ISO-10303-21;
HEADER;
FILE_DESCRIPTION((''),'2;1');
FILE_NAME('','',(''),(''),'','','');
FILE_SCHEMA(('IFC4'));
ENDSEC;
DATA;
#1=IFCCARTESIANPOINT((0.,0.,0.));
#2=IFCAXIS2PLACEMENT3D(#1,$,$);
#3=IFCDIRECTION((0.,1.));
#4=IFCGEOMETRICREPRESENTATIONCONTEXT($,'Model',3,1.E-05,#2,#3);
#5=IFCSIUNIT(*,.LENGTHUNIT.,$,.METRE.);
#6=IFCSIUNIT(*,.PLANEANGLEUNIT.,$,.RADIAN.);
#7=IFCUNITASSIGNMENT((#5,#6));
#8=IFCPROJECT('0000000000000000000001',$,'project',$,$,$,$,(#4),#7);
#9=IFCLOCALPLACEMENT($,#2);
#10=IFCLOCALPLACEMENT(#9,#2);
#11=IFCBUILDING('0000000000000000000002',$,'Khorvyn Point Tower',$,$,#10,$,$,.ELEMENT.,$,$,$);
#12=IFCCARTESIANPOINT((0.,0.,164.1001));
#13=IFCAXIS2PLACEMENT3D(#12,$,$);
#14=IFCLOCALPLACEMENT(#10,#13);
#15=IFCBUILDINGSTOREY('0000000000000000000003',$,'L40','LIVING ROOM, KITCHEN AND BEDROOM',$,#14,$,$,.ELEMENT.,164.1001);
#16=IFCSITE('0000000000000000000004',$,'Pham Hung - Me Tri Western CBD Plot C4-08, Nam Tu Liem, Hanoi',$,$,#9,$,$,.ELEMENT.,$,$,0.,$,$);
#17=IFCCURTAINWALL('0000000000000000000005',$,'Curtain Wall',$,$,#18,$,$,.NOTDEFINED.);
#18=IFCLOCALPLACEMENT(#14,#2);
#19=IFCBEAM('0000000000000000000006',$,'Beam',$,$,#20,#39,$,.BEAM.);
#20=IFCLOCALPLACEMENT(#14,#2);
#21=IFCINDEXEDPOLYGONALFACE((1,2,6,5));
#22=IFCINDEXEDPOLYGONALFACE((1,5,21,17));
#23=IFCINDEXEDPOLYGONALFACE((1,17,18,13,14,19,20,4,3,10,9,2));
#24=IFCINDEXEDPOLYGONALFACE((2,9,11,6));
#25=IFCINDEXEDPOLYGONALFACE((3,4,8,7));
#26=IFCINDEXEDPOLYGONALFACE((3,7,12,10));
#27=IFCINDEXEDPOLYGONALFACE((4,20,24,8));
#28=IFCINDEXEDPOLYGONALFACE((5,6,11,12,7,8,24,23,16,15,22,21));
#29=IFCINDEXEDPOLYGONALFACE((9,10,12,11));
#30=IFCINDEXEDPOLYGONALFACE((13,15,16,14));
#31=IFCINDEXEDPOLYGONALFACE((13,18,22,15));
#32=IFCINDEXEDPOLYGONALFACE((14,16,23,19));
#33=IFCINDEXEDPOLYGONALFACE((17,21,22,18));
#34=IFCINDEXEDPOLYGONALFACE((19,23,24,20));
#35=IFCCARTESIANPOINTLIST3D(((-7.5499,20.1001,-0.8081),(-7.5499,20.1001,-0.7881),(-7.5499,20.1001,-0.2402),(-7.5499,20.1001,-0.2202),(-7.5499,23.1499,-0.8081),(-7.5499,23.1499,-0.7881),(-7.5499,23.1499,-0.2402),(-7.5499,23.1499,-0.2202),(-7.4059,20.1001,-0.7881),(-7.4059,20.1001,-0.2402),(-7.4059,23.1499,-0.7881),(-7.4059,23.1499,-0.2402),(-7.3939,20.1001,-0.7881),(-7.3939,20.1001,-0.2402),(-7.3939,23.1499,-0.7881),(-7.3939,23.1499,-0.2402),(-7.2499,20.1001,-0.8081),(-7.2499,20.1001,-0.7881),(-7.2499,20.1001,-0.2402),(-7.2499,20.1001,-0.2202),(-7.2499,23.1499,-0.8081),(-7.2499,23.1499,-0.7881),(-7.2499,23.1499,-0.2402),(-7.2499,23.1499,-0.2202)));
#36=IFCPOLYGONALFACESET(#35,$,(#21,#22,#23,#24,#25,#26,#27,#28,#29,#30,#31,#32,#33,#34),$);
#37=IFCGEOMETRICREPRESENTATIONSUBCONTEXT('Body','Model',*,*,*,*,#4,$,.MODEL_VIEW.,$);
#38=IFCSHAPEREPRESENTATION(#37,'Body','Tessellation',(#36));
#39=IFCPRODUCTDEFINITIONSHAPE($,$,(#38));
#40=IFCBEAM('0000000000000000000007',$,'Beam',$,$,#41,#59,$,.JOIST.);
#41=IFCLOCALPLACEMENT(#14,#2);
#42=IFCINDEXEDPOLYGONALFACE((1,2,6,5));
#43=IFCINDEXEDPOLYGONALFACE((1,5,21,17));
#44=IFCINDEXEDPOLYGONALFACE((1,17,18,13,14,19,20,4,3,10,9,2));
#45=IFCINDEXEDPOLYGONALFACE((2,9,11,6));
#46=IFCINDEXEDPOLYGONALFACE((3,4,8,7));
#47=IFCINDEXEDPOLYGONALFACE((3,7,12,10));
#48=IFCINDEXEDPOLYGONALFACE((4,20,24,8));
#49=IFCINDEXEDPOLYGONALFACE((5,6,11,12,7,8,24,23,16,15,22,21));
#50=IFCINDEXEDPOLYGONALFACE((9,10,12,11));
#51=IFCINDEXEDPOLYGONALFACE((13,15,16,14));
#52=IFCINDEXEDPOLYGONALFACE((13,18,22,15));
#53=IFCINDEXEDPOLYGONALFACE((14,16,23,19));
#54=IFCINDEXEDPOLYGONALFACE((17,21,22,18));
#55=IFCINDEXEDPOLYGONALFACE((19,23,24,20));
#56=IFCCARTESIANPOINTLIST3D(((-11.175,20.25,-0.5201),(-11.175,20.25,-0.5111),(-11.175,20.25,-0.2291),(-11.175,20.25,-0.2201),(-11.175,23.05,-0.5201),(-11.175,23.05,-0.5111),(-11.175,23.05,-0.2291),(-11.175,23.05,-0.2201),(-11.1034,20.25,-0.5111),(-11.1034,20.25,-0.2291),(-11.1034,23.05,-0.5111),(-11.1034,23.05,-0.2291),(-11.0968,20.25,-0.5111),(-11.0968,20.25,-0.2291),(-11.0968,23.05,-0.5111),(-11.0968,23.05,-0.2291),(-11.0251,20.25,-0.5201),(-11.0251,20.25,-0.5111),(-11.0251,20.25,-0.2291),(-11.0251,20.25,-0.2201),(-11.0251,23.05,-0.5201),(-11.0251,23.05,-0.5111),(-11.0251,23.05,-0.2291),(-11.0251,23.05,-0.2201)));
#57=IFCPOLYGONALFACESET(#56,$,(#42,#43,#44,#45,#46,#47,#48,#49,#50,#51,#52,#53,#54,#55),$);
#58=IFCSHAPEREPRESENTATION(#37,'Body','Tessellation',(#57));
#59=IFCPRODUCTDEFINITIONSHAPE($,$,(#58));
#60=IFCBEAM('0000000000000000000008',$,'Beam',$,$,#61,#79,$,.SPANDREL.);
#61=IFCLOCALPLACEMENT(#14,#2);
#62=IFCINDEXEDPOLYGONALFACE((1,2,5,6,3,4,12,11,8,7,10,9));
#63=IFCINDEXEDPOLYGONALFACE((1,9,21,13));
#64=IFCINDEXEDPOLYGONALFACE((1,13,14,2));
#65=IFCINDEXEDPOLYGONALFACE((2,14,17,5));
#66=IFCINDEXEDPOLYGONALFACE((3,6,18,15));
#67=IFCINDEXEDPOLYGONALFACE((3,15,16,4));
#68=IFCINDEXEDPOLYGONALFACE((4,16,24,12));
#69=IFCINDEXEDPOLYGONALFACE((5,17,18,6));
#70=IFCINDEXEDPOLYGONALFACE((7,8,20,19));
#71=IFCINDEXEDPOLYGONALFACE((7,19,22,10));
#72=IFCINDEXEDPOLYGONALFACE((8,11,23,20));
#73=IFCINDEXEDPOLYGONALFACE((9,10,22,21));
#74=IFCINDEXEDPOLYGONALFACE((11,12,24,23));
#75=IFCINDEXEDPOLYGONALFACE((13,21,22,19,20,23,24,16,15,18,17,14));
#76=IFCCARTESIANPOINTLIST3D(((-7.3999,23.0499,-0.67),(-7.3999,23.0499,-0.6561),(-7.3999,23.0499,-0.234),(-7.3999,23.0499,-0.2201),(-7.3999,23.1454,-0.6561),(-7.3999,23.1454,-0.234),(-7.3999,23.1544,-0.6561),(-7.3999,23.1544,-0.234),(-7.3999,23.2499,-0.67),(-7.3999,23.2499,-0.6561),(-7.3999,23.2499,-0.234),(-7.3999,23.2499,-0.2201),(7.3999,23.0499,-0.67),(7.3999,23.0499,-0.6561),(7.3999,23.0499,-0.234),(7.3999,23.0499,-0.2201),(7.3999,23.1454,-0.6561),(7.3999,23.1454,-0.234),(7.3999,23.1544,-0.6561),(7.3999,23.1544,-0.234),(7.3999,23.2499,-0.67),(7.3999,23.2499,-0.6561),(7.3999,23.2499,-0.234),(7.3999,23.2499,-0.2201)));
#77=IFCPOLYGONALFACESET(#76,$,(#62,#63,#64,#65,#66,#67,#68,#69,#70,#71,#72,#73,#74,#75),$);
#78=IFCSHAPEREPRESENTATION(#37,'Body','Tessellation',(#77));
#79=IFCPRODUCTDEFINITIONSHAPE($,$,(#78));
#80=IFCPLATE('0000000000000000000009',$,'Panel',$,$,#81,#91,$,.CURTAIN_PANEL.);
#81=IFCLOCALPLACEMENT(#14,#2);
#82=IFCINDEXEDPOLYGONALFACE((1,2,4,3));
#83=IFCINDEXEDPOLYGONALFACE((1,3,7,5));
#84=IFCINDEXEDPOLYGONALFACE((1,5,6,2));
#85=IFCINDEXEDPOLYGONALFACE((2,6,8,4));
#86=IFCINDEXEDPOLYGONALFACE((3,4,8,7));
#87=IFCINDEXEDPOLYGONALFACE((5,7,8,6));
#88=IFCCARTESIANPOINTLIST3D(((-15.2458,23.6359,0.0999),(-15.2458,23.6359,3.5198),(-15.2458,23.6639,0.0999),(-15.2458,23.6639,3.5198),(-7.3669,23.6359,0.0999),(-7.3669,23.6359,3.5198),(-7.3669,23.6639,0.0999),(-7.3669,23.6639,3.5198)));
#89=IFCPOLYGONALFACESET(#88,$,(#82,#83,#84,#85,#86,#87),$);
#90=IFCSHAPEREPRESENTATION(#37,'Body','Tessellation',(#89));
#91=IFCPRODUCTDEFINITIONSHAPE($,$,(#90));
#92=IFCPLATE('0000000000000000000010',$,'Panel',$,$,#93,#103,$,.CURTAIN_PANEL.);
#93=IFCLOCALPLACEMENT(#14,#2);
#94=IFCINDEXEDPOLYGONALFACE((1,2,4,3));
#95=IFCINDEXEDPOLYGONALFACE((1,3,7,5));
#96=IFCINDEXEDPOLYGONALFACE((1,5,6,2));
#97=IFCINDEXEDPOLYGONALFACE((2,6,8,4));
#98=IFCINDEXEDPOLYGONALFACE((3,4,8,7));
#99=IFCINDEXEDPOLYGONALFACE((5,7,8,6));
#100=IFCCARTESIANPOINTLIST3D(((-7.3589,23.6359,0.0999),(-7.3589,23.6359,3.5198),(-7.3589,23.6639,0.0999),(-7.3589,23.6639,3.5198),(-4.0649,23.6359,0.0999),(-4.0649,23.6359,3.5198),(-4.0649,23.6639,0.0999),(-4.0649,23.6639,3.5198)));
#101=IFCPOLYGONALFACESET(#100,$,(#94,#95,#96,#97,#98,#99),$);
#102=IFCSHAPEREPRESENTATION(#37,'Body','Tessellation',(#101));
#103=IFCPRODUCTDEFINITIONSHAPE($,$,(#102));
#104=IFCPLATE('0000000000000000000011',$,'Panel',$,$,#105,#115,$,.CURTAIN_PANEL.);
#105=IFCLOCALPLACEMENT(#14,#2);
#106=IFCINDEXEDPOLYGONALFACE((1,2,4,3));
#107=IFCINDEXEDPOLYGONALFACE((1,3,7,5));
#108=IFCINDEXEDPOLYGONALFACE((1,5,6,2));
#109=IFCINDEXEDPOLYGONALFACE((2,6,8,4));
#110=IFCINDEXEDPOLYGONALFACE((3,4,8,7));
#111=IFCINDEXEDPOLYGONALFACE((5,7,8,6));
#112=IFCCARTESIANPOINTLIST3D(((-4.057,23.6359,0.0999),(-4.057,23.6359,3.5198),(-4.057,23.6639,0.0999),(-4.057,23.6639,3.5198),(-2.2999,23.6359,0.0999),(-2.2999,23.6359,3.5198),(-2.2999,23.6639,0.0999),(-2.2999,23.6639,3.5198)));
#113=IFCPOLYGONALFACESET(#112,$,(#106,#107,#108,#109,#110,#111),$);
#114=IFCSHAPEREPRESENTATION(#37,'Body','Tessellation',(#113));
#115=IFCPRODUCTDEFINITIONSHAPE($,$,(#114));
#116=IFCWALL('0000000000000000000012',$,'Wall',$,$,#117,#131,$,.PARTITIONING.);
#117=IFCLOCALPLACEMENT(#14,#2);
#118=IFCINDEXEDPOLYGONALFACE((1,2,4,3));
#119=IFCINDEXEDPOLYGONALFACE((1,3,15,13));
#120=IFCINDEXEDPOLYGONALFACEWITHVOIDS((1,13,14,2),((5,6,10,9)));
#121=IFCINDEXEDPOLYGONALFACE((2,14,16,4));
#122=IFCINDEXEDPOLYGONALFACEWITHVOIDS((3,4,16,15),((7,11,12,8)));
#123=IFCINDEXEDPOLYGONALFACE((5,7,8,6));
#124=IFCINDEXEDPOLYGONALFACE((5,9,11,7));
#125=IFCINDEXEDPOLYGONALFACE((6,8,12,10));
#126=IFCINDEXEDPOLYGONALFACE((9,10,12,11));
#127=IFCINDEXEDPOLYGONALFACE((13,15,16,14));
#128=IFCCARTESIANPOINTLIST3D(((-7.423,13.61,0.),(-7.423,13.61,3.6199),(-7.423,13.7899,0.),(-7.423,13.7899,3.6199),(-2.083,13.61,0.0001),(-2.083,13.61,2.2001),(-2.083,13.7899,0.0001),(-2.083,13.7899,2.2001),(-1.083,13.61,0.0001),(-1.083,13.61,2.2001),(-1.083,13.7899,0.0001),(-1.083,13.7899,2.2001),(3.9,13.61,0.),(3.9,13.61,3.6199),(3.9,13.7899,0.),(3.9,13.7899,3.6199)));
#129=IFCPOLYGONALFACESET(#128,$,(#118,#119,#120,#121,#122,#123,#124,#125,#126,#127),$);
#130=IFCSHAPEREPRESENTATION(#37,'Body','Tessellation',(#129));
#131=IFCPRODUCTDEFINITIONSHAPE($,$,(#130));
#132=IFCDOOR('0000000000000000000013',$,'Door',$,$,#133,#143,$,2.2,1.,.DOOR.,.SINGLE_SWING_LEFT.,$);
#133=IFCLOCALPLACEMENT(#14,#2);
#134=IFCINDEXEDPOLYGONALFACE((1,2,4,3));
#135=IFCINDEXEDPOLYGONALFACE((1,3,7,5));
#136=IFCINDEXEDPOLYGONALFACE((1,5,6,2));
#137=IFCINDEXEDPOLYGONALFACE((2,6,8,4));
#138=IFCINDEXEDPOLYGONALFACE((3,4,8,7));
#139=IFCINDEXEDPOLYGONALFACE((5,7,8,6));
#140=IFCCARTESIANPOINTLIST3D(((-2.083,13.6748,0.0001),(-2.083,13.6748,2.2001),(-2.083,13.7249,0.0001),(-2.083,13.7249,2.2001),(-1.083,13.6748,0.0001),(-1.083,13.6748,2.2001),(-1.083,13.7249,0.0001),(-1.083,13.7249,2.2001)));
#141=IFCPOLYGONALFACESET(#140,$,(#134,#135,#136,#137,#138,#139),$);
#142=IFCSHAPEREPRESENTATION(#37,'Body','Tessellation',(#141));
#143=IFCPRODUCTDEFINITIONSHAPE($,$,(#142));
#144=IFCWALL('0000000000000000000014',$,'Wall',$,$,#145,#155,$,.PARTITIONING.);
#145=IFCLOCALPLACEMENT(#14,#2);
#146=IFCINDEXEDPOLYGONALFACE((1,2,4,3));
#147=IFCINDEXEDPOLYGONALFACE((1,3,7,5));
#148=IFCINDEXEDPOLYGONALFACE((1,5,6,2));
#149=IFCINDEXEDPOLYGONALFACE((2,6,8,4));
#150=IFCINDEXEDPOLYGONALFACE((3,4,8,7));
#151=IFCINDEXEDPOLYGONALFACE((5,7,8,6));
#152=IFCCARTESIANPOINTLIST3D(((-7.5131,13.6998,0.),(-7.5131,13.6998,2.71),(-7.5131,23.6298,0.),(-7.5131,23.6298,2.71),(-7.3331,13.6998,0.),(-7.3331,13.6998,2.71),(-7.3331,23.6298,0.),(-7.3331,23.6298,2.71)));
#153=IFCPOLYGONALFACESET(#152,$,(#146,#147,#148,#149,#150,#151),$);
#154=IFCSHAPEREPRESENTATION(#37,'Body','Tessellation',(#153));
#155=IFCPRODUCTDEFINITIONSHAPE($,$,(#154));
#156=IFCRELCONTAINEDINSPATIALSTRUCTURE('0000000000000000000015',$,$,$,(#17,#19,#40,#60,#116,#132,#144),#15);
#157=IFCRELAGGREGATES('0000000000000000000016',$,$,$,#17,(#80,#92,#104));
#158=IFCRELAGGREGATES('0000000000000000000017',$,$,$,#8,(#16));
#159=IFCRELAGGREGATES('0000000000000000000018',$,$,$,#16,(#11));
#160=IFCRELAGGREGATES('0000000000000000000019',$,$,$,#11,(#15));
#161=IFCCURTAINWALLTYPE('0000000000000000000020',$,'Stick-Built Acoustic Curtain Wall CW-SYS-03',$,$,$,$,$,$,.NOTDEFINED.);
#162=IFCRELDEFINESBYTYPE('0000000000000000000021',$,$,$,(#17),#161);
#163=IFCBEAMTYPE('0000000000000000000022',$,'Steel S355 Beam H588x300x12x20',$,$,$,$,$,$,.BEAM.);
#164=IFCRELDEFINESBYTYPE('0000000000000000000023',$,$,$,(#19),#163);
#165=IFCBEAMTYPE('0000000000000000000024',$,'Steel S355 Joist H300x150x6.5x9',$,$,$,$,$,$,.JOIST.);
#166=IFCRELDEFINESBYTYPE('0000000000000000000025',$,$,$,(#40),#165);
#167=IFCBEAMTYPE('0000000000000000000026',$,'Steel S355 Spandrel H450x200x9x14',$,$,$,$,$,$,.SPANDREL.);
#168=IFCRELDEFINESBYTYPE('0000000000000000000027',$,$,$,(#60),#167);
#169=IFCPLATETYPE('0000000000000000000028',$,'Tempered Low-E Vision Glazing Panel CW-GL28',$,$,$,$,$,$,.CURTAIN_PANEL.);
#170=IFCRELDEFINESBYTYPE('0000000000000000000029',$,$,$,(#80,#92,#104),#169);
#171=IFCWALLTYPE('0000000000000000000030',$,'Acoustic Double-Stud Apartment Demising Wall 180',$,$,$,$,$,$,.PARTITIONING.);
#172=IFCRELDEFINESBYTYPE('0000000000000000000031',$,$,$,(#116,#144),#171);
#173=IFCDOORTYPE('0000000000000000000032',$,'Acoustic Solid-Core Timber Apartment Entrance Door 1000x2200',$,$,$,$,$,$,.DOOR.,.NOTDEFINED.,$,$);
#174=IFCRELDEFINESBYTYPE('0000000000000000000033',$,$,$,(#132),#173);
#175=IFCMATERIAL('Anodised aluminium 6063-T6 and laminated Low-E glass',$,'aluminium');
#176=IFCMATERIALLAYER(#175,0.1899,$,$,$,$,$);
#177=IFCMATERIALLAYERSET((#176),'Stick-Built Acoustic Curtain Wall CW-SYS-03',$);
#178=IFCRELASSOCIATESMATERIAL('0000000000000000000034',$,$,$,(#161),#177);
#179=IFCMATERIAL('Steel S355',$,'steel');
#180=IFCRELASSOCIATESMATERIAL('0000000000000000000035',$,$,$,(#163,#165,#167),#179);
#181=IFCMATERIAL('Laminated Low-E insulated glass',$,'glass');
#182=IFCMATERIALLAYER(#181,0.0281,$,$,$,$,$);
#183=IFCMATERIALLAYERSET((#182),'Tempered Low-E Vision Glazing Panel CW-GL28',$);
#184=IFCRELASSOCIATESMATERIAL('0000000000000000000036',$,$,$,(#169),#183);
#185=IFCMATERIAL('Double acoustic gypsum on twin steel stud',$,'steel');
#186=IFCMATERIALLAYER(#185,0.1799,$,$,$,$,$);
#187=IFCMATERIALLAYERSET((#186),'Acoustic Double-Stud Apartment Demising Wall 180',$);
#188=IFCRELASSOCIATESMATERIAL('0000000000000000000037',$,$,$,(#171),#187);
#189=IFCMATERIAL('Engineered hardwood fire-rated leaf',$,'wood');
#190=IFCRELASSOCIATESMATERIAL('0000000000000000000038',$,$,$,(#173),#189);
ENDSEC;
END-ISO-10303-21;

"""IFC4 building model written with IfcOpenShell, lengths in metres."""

from ifc_helpers import new_model, si_unit, direction, frame, frame_2d, origin, origin_2d, place, context, subcontext, project, spatial, rectangle, i_section, extrude, material, layer, layer_set, material_profile, profile_set, type_object, element, fill, aggregate, save


model = new_model("IFC4")

# Units and contexts
model_context = context("Model", 3, precision=1e-05, world=origin(), true_north=direction((0.0, 1.0)))
body_context = subcontext(model_context, "Body", "Model", "MODEL_VIEW")
ifc_project = project(units=[si_unit("LENGTHUNIT", "METRE"), si_unit("PLANEANGLEUNIT", "RADIAN")], contexts=[model_context])

# Site, building, storey
site_placement = place(None, origin())
site = spatial("IfcSite", under=ifc_project, at=site_placement, Name="Pham Hung - Me Tri Western CBD Plot C4-08, Nam Tu Liem, Hanoi", CompositionType="ELEMENT", RefElevation=0.0)
building_placement = place(site_placement, origin())
building = spatial("IfcBuilding", under=site, at=building_placement, Name="Khorvyn Point Tower", CompositionType="ELEMENT")
storey_placement = place(building_placement, frame((0.0, 0.0, 164.1001)))
storey = spatial("IfcBuildingStorey", under=building, at=storey_placement, Name="L40", Description="LIVING ROOM, KITCHEN AND BEDROOM", CompositionType="ELEMENT", Elevation=164.1001)

# Curtain wall
ifc_material_1 = material(Name="Anodised aluminium 6063-T6 and laminated Low-E glass", Category="aluminium")
ifc_layer_1 = layer(ifc_material_1, 0.1899)
ifc_layer_set_1 = layer_set([ifc_layer_1], Name="Stick-Built Acoustic Curtain Wall CW-SYS-03")
curtain_wall_type = type_object("IfcCurtainWallType", Name="Stick-Built Acoustic Curtain Wall CW-SYS-03", PredefinedType="NOTDEFINED", material=ifc_layer_set_1)
curtain_wall_1_placement = place(storey_placement, origin())
curtain_wall_1 = element("IfcCurtainWall", 1, at=curtain_wall_1_placement, inside=storey, type_object=curtain_wall_type, Name="Curtain Wall", PredefinedType="NOTDEFINED")

# Beams
ifc_material_2 = material(Name="Steel S355", Category="steel")
ifc_material_profile_1 = material_profile(ifc_material_2, i_section(OverallWidth=0.3, OverallDepth=0.5879, WebThickness=0.012, FlangeThickness=0.02, at=origin_2d()))
ifc_profile_set_1 = profile_set([ifc_material_profile_1], Name="Steel S355 H588x300x12x20")
beam_type_1 = type_object("IfcBeamType", Name="Steel S355 Beam H588x300x12x20", PredefinedType="BEAM", material=ifc_profile_set_1)
beam_1_placement = place(storey_placement, frame((-7.3999, 20.1001, -0.5142), z_axis=(0.0, 1.0, 0.0), x_axis=(-1.0, 0.0, 0.0)))
element("IfcBeam", 2, at=beam_1_placement, inside=storey, type_object=beam_type_1, Name="Beam", PredefinedType="BEAM", context=body_context, shape_type="SweptSolid", body=[
    extrude(i_section(OverallWidth=0.3, OverallDepth=0.5879, WebThickness=0.012, FlangeThickness=0.02, at=origin_2d()), origin(), (0.0, 0.0, 1.0), 3.0498),
])
ifc_material_profile_2 = material_profile(ifc_material_2, i_section(OverallWidth=0.1499, OverallDepth=0.3, WebThickness=0.0066, FlangeThickness=0.009, at=origin_2d()))
ifc_profile_set_2 = profile_set([ifc_material_profile_2], Name="Steel S355 H300x150x6.5x9")
beam_type_2 = type_object("IfcBeamType", Name="Steel S355 Joist H300x150x6.5x9", PredefinedType="JOIST", material=ifc_profile_set_2)
beam_2_placement = place(storey_placement, frame((-11.1001, 20.25, -0.3701), z_axis=(0.0, 1.0, 0.0), x_axis=(-1.0, 0.0, 0.0)))
element("IfcBeam", 3, at=beam_2_placement, inside=storey, type_object=beam_type_2, Name="Beam", PredefinedType="JOIST", context=body_context, shape_type="SweptSolid", body=[
    extrude(i_section(OverallWidth=0.1499, OverallDepth=0.3, WebThickness=0.0066, FlangeThickness=0.009, at=origin_2d()), origin(), (0.0, 0.0, 1.0), 2.8),
])
ifc_material_profile_3 = material_profile(ifc_material_2, i_section(OverallWidth=0.2, OverallDepth=0.45, WebThickness=0.009, FlangeThickness=0.0139, at=origin_2d()))
ifc_profile_set_3 = profile_set([ifc_material_profile_3], Name="Steel S355 H450x200x9x14")
beam_type_3 = type_object("IfcBeamType", Name="Steel S355 Spandrel H450x200x9x14", PredefinedType="SPANDREL", material=ifc_profile_set_3)
beam_3_placement = place(storey_placement, frame((-7.3999, 23.1499, -0.4451), z_axis=(1.0, 0.0, 0.0), x_axis=(0.0, 1.0, 0.0)))
element("IfcBeam", 4, at=beam_3_placement, inside=storey, type_object=beam_type_3, Name="Beam", PredefinedType="SPANDREL", context=body_context, shape_type="SweptSolid", body=[
    extrude(i_section(OverallWidth=0.2, OverallDepth=0.45, WebThickness=0.009, FlangeThickness=0.0139, at=origin_2d()), origin(), (0.0, 0.0, 1.0), 14.7998),
])

# Plates
ifc_material_3 = material(Name="Laminated Low-E insulated glass", Category="glass")
ifc_layer_2 = layer(ifc_material_3, 0.0281)
ifc_layer_set_2 = layer_set([ifc_layer_2], Name="Tempered Low-E Vision Glazing Panel CW-GL28")
plate_type = type_object("IfcPlateType", Name="Tempered Low-E Vision Glazing Panel CW-GL28", PredefinedType="CURTAIN_PANEL", material=ifc_layer_set_2)
plate_1_placement = place(storey_placement, frame((-11.3064, 23.6499, 0.0999), z_axis=(0.0, 0.0, 1.0), x_axis=(1.0, 0.0, 0.0)))
plate_1 = element("IfcPlate", 5, at=plate_1_placement, type_object=plate_type, Name="Panel", PredefinedType="CURTAIN_PANEL", context=body_context, shape_type="SweptSolid", body=[
    extrude(rectangle(XDim=7.8789, YDim=0.0281, at=origin_2d()), origin(), (0.0, 0.0, 1.0), 3.4199),
])
plate_2_placement = place(storey_placement, frame((-5.7119, 23.6499, 0.0999), z_axis=(0.0, 0.0, 1.0), x_axis=(1.0, 0.0, 0.0)))
plate_2 = element("IfcPlate", 6, at=plate_2_placement, type_object=plate_type, Name="Panel", PredefinedType="CURTAIN_PANEL", context=body_context, shape_type="SweptSolid", body=[
    extrude(rectangle(XDim=3.2939, YDim=0.0281, at=origin_2d()), origin(), (0.0, 0.0, 1.0), 3.4199),
])
plate_3_placement = place(storey_placement, frame((-3.1785, 23.6499, 0.0999), z_axis=(0.0, 0.0, 1.0), x_axis=(1.0, 0.0, 0.0)))
plate_3 = element("IfcPlate", 7, at=plate_3_placement, type_object=plate_type, Name="Panel", PredefinedType="CURTAIN_PANEL", context=body_context, shape_type="SweptSolid", body=[
    extrude(rectangle(XDim=1.7571, YDim=0.0281, at=origin_2d()), origin(), (0.0, 0.0, 1.0), 3.4199),
])
aggregate(curtain_wall_1, [plate_1, plate_2, plate_3])

# Wall, opening, door
ifc_material_4 = material(Name="Double acoustic gypsum on twin steel stud", Category="steel")
ifc_layer_3 = layer(ifc_material_4, 0.1799)
ifc_layer_set_3 = layer_set([ifc_layer_3], Name="Acoustic Double-Stud Apartment Demising Wall 180")
wall_type_1 = type_object("IfcWallType", Name="Acoustic Double-Stud Apartment Demising Wall 180", PredefinedType="PARTITIONING", material=ifc_layer_set_3)
wall_1_placement = place(storey_placement, frame((-7.4231, 13.7, 0.0), z_axis=(0.0, 0.0, 1.0), x_axis=(1.0, 0.0, 0.0)))
wall_1 = element("IfcWall", 8, at=wall_1_placement, inside=storey, type_object=wall_type_1, Name="Wall", PredefinedType="PARTITIONING", context=body_context, shape_type="SweptSolid", body=[
    extrude(rectangle(XDim=11.323, YDim=0.1799, at=frame_2d((5.6616, 0.0))), origin(), (0.0, 0.0, 1.0), 3.6199),
])
opening_1_placement = place(wall_1_placement, frame((5.3401, 0.0, 0.0)))
opening_1 = element("IfcOpeningElement", 9, at=opening_1_placement, cuts=wall_1, PredefinedType="OPENING", context=body_context, shape_type="SweptSolid", body=[
    extrude(rectangle(XDim=1.0, YDim=2.2, at=frame_2d((0.5, 1.1001))), frame((0.0, 0.0999, 0.0), z_axis=(0.0, -1.0, 0.0), x_axis=(1.0, 0.0, 0.0)), (0.0, 0.0, 1.0), 0.2),
])
ifc_material_5 = material(Name="Engineered hardwood fire-rated leaf", Category="wood")
door_type_1 = type_object("IfcDoorType", Name="Acoustic Solid-Core Timber Apartment Entrance Door 1000x2200", OperationType="NOTDEFINED", PredefinedType="DOOR", material=ifc_material_5)
door_1_placement = place(opening_1_placement, origin())
door_1 = element("IfcDoor", 10, at=door_1_placement, inside=storey, type_object=door_type_1, Name="Door", OperationType="SINGLE_SWING_LEFT", OverallHeight=2.2, OverallWidth=1.0, PredefinedType="DOOR", context=body_context, shape_type="SweptSolid", body=[
    extrude(rectangle(XDim=1.0, YDim=2.2, at=frame_2d((0.5, 1.1001))), frame((0.0, 0.0249, 0.0), z_axis=(0.0, -1.0, 0.0), x_axis=(1.0, 0.0, 0.0)), (0.0, 0.0, 1.0), 0.05),
])
fill(opening_1, door_1)

# Wall
wall_2_placement = place(storey_placement, frame((-7.4231, 13.7, 0.0), z_axis=(0.0, 0.0, 1.0), x_axis=(0.0, 1.0, 0.0)))
element("IfcWall", 11, at=wall_2_placement, inside=storey, type_object=wall_type_1, Name="Wall", PredefinedType="PARTITIONING", context=body_context, shape_type="SweptSolid", body=[
    extrude(rectangle(XDim=9.9299, YDim=0.1799, at=frame_2d((4.9648, 0.0))), origin(), (0.0, 0.0, 1.0), 2.71),
])

save(model, "model.ifc")
